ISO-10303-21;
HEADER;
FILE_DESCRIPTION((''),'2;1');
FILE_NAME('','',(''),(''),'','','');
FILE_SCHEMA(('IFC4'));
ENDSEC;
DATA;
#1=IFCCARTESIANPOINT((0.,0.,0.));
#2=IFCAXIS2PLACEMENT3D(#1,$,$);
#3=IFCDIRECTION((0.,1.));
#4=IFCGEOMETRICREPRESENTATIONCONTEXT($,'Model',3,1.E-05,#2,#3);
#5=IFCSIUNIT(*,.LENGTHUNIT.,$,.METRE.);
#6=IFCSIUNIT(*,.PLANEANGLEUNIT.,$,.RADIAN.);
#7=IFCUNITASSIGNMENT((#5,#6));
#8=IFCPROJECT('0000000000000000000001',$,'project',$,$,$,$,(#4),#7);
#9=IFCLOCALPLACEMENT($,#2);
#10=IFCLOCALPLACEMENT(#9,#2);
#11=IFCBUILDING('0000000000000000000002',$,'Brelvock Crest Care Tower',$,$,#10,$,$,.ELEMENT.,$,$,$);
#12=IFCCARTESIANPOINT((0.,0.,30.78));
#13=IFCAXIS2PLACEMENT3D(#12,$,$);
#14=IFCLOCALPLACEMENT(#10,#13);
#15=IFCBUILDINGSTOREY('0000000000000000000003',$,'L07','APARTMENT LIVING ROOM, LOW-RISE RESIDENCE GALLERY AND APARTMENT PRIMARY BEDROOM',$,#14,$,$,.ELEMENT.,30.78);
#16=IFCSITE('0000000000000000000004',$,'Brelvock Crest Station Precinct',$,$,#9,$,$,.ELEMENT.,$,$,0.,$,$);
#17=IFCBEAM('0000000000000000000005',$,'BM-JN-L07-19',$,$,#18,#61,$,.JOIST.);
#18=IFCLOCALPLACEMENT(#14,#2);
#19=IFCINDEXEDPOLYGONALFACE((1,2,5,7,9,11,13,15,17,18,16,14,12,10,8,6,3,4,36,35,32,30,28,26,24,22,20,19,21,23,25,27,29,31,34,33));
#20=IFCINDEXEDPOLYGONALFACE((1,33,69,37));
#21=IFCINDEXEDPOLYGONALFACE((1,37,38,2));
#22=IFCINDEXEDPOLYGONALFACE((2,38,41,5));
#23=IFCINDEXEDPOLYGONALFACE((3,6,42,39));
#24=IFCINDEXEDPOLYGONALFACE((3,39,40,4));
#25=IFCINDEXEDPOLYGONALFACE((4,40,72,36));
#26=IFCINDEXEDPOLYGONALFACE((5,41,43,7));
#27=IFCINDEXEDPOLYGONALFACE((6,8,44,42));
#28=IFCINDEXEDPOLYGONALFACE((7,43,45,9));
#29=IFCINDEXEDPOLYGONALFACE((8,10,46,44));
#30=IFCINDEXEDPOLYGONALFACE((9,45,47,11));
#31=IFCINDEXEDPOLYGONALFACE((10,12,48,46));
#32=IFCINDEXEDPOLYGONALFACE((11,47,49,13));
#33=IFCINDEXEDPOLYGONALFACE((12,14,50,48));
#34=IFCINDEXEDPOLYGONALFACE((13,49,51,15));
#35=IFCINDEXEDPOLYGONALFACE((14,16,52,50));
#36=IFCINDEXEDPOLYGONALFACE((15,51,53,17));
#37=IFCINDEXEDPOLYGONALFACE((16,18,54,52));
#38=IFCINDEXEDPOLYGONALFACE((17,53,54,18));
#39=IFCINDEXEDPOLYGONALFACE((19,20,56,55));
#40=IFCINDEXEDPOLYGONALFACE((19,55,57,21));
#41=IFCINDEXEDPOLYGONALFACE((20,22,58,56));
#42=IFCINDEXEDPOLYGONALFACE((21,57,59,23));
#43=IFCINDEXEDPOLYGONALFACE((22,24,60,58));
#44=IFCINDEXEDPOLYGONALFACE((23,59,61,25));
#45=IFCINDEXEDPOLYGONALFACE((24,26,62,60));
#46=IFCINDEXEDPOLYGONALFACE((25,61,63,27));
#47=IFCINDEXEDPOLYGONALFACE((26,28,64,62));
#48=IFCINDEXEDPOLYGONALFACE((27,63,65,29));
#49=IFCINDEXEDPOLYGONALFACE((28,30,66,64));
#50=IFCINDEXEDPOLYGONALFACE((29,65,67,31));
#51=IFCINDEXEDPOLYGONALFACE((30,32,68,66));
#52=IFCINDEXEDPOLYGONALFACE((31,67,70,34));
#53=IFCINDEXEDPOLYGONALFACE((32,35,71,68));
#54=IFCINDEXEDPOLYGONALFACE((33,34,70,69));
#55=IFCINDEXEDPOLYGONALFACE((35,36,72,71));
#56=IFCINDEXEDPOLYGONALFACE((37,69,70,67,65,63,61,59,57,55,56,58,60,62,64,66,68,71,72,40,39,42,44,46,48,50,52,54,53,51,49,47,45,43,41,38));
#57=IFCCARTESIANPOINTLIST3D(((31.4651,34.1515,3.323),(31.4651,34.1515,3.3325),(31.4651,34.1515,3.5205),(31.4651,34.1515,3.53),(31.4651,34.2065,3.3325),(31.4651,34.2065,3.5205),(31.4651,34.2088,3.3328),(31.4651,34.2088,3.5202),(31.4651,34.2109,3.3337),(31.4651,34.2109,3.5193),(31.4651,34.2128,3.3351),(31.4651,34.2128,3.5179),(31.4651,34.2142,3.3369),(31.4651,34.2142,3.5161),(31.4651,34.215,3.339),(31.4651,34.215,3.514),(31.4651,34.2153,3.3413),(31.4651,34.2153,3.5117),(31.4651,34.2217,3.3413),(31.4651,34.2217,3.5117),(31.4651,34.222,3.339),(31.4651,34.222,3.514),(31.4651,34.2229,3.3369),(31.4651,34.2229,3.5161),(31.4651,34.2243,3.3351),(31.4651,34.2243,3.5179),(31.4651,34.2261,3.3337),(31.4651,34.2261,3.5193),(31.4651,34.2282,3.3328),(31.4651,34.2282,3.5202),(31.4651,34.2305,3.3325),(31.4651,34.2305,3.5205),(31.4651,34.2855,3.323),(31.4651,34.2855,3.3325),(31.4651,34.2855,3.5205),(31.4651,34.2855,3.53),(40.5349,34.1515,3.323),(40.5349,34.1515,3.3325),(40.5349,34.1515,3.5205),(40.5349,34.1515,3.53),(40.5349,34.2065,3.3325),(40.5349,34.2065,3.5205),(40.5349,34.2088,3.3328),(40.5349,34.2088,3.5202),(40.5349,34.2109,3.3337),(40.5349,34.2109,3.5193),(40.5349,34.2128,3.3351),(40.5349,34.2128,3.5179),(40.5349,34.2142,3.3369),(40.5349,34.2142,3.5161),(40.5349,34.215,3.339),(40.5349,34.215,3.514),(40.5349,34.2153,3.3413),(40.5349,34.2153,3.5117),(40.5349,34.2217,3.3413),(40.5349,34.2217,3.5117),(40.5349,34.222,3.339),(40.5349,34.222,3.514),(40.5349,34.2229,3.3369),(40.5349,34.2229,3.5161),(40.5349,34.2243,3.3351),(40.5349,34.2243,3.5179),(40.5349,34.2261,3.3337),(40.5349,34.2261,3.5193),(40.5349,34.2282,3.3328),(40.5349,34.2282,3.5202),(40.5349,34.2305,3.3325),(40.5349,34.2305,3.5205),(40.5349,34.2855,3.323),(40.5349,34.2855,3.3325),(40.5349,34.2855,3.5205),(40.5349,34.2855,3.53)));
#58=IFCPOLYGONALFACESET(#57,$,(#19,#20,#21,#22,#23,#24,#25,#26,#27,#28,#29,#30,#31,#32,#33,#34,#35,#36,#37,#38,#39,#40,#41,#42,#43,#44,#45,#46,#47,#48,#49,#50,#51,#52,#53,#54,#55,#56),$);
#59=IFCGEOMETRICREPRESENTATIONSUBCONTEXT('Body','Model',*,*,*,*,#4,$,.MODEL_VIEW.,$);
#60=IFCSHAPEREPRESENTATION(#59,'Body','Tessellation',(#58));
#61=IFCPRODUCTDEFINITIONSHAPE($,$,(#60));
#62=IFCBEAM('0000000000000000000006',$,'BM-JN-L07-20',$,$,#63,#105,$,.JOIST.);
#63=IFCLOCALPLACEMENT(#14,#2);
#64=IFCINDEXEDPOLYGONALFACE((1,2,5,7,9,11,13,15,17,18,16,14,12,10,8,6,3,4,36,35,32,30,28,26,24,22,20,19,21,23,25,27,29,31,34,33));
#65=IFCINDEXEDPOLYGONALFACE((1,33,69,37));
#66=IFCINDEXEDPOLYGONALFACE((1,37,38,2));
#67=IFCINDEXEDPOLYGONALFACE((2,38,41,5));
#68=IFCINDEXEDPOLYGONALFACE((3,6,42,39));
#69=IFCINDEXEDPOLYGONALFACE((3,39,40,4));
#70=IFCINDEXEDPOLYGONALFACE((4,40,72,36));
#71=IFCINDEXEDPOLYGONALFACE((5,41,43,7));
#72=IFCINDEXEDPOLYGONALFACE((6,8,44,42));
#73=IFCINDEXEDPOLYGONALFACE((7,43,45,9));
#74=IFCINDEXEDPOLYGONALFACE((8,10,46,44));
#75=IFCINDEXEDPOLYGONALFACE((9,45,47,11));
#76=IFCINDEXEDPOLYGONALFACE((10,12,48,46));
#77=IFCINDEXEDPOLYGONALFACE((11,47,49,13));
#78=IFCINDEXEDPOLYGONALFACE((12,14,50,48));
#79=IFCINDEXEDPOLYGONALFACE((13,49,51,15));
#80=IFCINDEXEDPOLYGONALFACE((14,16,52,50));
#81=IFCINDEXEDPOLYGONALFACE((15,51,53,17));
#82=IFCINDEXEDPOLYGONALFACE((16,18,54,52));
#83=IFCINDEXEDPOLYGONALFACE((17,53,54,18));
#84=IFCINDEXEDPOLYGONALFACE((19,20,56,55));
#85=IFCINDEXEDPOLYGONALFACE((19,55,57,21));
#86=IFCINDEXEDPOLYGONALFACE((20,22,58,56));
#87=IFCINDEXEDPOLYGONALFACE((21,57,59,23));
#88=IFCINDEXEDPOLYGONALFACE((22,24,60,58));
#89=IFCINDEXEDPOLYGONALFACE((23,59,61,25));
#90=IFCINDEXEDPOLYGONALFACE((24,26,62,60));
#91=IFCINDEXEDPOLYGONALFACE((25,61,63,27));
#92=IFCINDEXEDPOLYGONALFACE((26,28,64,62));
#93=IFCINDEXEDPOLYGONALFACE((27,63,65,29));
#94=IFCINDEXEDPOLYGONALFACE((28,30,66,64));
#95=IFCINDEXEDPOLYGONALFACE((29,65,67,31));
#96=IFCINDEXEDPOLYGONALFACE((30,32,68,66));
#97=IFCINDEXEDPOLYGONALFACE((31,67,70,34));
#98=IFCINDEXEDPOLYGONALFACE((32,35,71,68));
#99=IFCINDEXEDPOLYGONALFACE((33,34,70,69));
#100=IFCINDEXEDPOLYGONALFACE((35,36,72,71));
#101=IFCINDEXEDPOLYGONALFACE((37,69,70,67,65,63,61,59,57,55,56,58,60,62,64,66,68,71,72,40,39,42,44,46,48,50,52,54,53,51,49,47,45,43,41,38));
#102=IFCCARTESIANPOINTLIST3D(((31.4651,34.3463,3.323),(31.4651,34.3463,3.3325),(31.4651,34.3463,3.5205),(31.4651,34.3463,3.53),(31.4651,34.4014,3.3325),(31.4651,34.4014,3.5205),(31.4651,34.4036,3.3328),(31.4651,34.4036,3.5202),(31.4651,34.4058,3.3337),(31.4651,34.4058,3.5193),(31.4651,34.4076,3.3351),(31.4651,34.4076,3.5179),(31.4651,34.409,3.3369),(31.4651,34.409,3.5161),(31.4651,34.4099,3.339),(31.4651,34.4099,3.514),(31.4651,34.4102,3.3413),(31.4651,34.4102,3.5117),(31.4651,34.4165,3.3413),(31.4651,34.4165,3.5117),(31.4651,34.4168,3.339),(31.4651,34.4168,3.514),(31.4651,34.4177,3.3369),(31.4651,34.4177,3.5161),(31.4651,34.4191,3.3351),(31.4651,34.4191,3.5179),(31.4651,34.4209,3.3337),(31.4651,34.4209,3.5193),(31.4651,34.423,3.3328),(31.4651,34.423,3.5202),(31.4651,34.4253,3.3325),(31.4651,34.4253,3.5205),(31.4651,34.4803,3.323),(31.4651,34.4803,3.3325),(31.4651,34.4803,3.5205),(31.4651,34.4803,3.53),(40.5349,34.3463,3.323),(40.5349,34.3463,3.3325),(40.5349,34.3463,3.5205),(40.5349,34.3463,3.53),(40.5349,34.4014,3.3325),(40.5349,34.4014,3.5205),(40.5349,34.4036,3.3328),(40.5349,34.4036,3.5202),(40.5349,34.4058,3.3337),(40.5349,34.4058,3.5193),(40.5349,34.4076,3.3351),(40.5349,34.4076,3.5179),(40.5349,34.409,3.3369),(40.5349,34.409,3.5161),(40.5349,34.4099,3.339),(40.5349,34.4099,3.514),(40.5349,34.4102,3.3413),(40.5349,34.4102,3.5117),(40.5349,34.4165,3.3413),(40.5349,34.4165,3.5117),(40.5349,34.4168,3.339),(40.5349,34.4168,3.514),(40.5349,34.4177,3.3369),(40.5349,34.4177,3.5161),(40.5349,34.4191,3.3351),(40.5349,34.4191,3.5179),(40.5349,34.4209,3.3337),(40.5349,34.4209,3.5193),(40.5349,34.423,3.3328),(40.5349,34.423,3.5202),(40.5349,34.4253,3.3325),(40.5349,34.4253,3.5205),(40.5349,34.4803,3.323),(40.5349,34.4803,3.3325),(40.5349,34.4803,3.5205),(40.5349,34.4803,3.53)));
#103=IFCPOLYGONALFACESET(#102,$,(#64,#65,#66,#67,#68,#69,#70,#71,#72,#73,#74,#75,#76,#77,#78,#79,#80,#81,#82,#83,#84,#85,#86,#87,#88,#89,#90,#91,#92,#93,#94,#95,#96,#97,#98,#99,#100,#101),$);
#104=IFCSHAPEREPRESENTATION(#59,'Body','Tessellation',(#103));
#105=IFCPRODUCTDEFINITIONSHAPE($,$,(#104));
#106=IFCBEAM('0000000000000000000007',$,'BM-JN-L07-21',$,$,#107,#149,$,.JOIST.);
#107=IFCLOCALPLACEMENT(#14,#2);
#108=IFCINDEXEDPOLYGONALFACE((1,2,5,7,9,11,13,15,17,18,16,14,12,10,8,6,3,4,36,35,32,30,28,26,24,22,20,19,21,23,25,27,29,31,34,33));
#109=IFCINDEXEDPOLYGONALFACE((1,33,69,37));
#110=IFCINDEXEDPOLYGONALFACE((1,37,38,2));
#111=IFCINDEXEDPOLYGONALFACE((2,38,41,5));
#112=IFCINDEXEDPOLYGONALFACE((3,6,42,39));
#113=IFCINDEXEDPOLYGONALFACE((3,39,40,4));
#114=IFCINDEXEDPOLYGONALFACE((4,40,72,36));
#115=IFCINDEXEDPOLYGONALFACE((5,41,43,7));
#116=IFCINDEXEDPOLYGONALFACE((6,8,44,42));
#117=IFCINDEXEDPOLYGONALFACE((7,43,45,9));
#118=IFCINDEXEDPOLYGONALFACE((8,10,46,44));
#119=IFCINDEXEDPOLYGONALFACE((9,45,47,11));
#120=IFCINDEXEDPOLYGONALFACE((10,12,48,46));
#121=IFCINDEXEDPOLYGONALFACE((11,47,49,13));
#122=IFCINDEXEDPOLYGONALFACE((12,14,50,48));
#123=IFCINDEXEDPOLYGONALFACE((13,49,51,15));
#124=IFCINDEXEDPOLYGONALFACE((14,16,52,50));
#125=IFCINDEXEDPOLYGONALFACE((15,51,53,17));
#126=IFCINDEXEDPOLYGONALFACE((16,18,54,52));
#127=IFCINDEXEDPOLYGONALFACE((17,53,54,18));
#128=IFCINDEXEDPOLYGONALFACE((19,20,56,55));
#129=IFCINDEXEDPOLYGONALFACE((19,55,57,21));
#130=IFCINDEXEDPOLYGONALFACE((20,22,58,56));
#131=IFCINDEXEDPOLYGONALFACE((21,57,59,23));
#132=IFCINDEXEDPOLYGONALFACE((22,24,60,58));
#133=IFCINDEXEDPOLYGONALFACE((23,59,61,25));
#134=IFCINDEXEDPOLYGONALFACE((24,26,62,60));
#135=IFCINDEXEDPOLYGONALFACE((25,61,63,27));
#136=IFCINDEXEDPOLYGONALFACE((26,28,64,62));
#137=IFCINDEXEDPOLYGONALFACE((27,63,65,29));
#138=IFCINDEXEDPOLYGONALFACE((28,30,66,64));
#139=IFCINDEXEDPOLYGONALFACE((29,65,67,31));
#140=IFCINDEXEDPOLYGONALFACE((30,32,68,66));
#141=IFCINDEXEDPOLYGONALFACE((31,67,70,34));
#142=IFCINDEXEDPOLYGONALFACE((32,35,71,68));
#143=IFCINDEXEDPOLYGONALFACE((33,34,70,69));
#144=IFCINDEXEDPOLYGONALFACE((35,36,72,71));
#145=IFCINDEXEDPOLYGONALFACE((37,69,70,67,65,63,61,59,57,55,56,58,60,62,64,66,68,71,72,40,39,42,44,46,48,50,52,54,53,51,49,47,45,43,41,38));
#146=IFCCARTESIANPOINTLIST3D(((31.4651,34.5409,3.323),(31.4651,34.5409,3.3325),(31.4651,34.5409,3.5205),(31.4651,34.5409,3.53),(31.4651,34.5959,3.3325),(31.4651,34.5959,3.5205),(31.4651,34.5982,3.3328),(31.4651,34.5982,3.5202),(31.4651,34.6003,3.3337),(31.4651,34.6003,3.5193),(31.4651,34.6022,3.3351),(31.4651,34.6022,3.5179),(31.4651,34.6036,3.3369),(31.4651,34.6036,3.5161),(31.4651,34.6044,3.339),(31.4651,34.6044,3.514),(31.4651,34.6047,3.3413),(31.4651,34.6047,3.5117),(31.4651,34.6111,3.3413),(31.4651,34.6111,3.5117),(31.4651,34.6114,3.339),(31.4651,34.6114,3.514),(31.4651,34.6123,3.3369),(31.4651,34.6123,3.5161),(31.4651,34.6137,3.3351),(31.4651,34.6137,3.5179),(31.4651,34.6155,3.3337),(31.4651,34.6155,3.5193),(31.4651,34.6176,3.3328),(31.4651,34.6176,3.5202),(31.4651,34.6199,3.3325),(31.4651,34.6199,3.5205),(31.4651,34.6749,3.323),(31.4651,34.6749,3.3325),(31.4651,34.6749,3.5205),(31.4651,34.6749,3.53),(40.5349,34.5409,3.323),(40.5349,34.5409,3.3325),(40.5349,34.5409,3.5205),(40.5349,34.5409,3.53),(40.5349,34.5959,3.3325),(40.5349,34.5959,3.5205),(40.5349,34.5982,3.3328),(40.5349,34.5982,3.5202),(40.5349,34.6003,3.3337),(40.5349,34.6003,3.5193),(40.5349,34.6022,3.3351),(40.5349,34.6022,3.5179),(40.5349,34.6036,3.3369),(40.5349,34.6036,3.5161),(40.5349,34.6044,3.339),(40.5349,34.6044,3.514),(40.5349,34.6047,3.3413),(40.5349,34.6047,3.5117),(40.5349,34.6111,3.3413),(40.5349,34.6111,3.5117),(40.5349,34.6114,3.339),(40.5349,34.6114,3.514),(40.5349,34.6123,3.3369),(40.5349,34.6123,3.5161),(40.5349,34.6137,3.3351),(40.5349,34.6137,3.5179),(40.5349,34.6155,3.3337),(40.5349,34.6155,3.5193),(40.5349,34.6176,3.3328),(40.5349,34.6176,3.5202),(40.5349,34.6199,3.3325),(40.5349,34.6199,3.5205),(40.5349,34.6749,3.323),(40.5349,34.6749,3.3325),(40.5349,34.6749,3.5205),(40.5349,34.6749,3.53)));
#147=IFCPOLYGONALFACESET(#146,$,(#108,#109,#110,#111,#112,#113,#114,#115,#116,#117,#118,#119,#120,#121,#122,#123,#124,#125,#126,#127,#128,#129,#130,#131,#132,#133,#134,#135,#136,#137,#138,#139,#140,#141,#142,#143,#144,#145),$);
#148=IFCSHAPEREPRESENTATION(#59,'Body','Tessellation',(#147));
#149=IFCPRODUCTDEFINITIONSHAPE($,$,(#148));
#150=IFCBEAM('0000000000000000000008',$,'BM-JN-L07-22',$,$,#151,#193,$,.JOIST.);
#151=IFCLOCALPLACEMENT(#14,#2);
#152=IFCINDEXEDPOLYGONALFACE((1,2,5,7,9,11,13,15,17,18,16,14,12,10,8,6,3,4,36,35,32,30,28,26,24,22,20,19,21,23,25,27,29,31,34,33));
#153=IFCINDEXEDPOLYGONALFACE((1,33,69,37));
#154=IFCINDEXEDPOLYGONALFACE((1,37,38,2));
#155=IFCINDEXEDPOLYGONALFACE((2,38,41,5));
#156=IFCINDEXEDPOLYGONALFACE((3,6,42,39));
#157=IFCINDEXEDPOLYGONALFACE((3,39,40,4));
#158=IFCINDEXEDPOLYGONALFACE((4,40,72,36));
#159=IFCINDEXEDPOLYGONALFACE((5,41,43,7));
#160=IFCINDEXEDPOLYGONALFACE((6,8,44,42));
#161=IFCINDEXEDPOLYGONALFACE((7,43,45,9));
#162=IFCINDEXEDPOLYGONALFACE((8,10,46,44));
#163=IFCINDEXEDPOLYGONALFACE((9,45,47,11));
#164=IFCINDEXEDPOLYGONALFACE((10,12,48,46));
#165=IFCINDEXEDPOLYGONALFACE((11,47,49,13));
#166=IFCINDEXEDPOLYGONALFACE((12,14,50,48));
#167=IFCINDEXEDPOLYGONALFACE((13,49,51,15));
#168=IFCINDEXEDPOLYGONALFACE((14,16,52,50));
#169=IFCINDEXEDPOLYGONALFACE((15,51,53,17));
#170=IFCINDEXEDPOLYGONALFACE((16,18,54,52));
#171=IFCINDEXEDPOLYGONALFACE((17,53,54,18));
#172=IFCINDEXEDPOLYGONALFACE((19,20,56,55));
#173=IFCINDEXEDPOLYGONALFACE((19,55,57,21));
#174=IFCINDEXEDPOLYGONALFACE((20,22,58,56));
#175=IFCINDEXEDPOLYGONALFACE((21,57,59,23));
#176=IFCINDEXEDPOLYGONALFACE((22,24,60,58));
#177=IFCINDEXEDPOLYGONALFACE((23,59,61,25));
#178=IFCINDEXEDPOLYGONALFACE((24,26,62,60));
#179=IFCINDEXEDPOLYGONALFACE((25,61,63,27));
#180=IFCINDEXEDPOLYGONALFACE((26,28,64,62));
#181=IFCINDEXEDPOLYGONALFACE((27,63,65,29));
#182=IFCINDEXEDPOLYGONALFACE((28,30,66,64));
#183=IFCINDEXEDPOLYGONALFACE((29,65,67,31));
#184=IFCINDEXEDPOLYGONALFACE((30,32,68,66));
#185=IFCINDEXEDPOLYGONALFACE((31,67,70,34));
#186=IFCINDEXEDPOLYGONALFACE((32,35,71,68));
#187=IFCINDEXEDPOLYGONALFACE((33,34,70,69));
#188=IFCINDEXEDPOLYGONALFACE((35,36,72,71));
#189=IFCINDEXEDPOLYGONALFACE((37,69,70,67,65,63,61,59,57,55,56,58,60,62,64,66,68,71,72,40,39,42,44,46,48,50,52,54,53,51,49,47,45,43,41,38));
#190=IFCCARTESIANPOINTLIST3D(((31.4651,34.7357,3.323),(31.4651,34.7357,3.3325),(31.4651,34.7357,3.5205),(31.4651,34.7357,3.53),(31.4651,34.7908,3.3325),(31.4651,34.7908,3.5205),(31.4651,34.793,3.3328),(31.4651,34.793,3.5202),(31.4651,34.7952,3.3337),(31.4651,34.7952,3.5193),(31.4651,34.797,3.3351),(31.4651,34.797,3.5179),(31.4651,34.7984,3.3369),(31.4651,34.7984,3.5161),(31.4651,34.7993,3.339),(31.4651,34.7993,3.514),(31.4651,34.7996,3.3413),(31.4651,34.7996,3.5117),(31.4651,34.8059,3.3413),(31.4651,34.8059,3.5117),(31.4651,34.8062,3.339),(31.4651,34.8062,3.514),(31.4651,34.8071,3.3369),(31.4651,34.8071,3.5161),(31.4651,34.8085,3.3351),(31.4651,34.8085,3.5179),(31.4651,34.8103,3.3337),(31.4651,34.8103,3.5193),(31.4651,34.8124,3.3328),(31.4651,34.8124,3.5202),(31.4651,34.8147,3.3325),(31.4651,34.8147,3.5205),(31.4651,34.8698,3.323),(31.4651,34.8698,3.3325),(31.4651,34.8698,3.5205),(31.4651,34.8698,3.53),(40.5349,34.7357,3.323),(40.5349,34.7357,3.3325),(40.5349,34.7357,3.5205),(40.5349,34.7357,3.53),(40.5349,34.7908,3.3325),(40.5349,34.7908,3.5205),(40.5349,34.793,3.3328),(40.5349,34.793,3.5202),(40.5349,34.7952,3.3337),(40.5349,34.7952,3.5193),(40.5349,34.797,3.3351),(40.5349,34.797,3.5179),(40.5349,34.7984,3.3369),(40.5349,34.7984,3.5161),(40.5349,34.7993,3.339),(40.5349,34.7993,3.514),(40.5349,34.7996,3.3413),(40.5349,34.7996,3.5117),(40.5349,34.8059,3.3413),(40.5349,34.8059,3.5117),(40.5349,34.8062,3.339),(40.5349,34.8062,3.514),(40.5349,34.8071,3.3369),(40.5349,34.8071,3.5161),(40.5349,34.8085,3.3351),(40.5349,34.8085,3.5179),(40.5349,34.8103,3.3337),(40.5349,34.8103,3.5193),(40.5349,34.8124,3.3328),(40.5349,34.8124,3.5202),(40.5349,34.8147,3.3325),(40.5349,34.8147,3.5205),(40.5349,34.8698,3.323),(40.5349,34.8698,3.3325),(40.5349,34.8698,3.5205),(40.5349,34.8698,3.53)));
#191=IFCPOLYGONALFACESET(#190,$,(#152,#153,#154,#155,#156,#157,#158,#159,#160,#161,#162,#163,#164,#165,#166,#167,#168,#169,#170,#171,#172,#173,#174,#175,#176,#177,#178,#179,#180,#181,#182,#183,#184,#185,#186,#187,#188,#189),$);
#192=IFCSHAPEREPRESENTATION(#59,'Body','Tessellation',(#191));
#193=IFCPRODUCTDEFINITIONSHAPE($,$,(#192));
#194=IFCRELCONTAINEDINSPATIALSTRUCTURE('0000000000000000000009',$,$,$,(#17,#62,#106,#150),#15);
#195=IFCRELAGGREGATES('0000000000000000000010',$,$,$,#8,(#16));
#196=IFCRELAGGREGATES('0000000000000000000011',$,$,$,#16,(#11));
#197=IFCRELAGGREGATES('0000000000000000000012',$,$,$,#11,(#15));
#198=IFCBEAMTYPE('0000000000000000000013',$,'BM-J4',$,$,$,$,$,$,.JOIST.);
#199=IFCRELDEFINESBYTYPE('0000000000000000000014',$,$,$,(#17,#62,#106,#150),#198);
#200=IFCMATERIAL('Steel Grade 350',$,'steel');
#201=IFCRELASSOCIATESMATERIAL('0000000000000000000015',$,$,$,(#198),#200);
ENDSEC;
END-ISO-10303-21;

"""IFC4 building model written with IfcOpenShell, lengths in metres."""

from ifc_helpers import new_model, si_unit, direction, frame, origin, origin_2d, place, context, subcontext, project, spatial, i_section, extrude, source, transform, mapped, material, material_profile, profile_set, type_object, element, save


model = new_model("IFC4")

# Units and contexts
model_context = context("Model", 3, precision=1e-05, world=origin(), true_north=direction((0.0, 1.0)))
body_context = subcontext(model_context, "Body", "Model", "MODEL_VIEW")
ifc_project = project(units=[si_unit("LENGTHUNIT", "METRE"), si_unit("PLANEANGLEUNIT", "RADIAN")], contexts=[model_context])

# Site, building, storey
site_placement = place(None, origin())
site = spatial("IfcSite", under=ifc_project, at=site_placement, Name="Brelvock Crest Station Precinct", CompositionType="ELEMENT", RefElevation=0.0)
building_placement = place(site_placement, origin())
building = spatial("IfcBuilding", under=site, at=building_placement, Name="Brelvock Crest Care Tower", CompositionType="ELEMENT")
storey_placement = place(building_placement, frame((0.0, 0.0, 30.78)))
storey = spatial("IfcBuildingStorey", under=building, at=storey_placement, Name="L07", Description="APARTMENT LIVING ROOM, LOW-RISE RESIDENCE GALLERY AND APARTMENT PRIMARY BEDROOM", CompositionType="ELEMENT", Elevation=30.78)

# Shared definitions
ifc_material_1 = material(Name="Steel Grade 350", Category="steel")

# Beams
ifc_material_profile_1 = material_profile(ifc_material_1, i_section(OverallWidth=0.134, OverallDepth=0.207, WebThickness=0.0063, FlangeThickness=0.0095, FilletRadius=0.0088, at=origin_2d()), Name="200UB29.8")
ifc_profile_set_1 = profile_set([ifc_material_profile_1], Name="Steel Grade 350")
beam_type_1 = type_object("IfcBeamType", Name="BM-J4", PredefinedType="JOIST", material=ifc_profile_set_1)
shared_shape_1 = source(origin(), body_context, "Body", "SweptSolid", [
    extrude(i_section(OverallWidth=0.134, OverallDepth=0.207, WebThickness=0.0063, FlangeThickness=0.0095, FilletRadius=0.0088, at=origin_2d()), origin(), (0.0, 0.0, 1.0), 9.0698),
])
for number, where, z_axis, x_axis, name in (
    (1, (31.4651, 34.2185, 3.4265), (1.0, 0.0, 0.0), (0.0, 1.0, 0.0), "BM-JN-L07-19"),
    (2, (31.4651, 34.4133, 3.4265), (1.0, 0.0, 0.0), (0.0, 1.0, 0.0), "BM-JN-L07-20"),
    (3, (31.4651, 34.6079, 3.4265), (1.0, 0.0, 0.0), (0.0, 1.0, 0.0), "BM-JN-L07-21"),
    (4, (31.4651, 34.8027, 3.4265), (1.0, 0.0, 0.0), (0.0, 1.0, 0.0), "BM-JN-L07-22"),
):
    element("IfcBeam", number, at=place(storey_placement, frame(where, z_axis=z_axis, x_axis=x_axis)), inside=storey, type_object=beam_type_1, Name=name, PredefinedType="JOIST", context=body_context, shape_type="MappedRepresentation", body=[
        mapped(shared_shape_1, transform((0.0, 0.0, 0.0), x_axis=(1.0, 0.0, 0.0), y_axis=(0.0, 1.0, 0.0), z_axis=(0.0, 0.0, 1.0), scale=1.0)),
    ])

save(model, "model.ifc")
